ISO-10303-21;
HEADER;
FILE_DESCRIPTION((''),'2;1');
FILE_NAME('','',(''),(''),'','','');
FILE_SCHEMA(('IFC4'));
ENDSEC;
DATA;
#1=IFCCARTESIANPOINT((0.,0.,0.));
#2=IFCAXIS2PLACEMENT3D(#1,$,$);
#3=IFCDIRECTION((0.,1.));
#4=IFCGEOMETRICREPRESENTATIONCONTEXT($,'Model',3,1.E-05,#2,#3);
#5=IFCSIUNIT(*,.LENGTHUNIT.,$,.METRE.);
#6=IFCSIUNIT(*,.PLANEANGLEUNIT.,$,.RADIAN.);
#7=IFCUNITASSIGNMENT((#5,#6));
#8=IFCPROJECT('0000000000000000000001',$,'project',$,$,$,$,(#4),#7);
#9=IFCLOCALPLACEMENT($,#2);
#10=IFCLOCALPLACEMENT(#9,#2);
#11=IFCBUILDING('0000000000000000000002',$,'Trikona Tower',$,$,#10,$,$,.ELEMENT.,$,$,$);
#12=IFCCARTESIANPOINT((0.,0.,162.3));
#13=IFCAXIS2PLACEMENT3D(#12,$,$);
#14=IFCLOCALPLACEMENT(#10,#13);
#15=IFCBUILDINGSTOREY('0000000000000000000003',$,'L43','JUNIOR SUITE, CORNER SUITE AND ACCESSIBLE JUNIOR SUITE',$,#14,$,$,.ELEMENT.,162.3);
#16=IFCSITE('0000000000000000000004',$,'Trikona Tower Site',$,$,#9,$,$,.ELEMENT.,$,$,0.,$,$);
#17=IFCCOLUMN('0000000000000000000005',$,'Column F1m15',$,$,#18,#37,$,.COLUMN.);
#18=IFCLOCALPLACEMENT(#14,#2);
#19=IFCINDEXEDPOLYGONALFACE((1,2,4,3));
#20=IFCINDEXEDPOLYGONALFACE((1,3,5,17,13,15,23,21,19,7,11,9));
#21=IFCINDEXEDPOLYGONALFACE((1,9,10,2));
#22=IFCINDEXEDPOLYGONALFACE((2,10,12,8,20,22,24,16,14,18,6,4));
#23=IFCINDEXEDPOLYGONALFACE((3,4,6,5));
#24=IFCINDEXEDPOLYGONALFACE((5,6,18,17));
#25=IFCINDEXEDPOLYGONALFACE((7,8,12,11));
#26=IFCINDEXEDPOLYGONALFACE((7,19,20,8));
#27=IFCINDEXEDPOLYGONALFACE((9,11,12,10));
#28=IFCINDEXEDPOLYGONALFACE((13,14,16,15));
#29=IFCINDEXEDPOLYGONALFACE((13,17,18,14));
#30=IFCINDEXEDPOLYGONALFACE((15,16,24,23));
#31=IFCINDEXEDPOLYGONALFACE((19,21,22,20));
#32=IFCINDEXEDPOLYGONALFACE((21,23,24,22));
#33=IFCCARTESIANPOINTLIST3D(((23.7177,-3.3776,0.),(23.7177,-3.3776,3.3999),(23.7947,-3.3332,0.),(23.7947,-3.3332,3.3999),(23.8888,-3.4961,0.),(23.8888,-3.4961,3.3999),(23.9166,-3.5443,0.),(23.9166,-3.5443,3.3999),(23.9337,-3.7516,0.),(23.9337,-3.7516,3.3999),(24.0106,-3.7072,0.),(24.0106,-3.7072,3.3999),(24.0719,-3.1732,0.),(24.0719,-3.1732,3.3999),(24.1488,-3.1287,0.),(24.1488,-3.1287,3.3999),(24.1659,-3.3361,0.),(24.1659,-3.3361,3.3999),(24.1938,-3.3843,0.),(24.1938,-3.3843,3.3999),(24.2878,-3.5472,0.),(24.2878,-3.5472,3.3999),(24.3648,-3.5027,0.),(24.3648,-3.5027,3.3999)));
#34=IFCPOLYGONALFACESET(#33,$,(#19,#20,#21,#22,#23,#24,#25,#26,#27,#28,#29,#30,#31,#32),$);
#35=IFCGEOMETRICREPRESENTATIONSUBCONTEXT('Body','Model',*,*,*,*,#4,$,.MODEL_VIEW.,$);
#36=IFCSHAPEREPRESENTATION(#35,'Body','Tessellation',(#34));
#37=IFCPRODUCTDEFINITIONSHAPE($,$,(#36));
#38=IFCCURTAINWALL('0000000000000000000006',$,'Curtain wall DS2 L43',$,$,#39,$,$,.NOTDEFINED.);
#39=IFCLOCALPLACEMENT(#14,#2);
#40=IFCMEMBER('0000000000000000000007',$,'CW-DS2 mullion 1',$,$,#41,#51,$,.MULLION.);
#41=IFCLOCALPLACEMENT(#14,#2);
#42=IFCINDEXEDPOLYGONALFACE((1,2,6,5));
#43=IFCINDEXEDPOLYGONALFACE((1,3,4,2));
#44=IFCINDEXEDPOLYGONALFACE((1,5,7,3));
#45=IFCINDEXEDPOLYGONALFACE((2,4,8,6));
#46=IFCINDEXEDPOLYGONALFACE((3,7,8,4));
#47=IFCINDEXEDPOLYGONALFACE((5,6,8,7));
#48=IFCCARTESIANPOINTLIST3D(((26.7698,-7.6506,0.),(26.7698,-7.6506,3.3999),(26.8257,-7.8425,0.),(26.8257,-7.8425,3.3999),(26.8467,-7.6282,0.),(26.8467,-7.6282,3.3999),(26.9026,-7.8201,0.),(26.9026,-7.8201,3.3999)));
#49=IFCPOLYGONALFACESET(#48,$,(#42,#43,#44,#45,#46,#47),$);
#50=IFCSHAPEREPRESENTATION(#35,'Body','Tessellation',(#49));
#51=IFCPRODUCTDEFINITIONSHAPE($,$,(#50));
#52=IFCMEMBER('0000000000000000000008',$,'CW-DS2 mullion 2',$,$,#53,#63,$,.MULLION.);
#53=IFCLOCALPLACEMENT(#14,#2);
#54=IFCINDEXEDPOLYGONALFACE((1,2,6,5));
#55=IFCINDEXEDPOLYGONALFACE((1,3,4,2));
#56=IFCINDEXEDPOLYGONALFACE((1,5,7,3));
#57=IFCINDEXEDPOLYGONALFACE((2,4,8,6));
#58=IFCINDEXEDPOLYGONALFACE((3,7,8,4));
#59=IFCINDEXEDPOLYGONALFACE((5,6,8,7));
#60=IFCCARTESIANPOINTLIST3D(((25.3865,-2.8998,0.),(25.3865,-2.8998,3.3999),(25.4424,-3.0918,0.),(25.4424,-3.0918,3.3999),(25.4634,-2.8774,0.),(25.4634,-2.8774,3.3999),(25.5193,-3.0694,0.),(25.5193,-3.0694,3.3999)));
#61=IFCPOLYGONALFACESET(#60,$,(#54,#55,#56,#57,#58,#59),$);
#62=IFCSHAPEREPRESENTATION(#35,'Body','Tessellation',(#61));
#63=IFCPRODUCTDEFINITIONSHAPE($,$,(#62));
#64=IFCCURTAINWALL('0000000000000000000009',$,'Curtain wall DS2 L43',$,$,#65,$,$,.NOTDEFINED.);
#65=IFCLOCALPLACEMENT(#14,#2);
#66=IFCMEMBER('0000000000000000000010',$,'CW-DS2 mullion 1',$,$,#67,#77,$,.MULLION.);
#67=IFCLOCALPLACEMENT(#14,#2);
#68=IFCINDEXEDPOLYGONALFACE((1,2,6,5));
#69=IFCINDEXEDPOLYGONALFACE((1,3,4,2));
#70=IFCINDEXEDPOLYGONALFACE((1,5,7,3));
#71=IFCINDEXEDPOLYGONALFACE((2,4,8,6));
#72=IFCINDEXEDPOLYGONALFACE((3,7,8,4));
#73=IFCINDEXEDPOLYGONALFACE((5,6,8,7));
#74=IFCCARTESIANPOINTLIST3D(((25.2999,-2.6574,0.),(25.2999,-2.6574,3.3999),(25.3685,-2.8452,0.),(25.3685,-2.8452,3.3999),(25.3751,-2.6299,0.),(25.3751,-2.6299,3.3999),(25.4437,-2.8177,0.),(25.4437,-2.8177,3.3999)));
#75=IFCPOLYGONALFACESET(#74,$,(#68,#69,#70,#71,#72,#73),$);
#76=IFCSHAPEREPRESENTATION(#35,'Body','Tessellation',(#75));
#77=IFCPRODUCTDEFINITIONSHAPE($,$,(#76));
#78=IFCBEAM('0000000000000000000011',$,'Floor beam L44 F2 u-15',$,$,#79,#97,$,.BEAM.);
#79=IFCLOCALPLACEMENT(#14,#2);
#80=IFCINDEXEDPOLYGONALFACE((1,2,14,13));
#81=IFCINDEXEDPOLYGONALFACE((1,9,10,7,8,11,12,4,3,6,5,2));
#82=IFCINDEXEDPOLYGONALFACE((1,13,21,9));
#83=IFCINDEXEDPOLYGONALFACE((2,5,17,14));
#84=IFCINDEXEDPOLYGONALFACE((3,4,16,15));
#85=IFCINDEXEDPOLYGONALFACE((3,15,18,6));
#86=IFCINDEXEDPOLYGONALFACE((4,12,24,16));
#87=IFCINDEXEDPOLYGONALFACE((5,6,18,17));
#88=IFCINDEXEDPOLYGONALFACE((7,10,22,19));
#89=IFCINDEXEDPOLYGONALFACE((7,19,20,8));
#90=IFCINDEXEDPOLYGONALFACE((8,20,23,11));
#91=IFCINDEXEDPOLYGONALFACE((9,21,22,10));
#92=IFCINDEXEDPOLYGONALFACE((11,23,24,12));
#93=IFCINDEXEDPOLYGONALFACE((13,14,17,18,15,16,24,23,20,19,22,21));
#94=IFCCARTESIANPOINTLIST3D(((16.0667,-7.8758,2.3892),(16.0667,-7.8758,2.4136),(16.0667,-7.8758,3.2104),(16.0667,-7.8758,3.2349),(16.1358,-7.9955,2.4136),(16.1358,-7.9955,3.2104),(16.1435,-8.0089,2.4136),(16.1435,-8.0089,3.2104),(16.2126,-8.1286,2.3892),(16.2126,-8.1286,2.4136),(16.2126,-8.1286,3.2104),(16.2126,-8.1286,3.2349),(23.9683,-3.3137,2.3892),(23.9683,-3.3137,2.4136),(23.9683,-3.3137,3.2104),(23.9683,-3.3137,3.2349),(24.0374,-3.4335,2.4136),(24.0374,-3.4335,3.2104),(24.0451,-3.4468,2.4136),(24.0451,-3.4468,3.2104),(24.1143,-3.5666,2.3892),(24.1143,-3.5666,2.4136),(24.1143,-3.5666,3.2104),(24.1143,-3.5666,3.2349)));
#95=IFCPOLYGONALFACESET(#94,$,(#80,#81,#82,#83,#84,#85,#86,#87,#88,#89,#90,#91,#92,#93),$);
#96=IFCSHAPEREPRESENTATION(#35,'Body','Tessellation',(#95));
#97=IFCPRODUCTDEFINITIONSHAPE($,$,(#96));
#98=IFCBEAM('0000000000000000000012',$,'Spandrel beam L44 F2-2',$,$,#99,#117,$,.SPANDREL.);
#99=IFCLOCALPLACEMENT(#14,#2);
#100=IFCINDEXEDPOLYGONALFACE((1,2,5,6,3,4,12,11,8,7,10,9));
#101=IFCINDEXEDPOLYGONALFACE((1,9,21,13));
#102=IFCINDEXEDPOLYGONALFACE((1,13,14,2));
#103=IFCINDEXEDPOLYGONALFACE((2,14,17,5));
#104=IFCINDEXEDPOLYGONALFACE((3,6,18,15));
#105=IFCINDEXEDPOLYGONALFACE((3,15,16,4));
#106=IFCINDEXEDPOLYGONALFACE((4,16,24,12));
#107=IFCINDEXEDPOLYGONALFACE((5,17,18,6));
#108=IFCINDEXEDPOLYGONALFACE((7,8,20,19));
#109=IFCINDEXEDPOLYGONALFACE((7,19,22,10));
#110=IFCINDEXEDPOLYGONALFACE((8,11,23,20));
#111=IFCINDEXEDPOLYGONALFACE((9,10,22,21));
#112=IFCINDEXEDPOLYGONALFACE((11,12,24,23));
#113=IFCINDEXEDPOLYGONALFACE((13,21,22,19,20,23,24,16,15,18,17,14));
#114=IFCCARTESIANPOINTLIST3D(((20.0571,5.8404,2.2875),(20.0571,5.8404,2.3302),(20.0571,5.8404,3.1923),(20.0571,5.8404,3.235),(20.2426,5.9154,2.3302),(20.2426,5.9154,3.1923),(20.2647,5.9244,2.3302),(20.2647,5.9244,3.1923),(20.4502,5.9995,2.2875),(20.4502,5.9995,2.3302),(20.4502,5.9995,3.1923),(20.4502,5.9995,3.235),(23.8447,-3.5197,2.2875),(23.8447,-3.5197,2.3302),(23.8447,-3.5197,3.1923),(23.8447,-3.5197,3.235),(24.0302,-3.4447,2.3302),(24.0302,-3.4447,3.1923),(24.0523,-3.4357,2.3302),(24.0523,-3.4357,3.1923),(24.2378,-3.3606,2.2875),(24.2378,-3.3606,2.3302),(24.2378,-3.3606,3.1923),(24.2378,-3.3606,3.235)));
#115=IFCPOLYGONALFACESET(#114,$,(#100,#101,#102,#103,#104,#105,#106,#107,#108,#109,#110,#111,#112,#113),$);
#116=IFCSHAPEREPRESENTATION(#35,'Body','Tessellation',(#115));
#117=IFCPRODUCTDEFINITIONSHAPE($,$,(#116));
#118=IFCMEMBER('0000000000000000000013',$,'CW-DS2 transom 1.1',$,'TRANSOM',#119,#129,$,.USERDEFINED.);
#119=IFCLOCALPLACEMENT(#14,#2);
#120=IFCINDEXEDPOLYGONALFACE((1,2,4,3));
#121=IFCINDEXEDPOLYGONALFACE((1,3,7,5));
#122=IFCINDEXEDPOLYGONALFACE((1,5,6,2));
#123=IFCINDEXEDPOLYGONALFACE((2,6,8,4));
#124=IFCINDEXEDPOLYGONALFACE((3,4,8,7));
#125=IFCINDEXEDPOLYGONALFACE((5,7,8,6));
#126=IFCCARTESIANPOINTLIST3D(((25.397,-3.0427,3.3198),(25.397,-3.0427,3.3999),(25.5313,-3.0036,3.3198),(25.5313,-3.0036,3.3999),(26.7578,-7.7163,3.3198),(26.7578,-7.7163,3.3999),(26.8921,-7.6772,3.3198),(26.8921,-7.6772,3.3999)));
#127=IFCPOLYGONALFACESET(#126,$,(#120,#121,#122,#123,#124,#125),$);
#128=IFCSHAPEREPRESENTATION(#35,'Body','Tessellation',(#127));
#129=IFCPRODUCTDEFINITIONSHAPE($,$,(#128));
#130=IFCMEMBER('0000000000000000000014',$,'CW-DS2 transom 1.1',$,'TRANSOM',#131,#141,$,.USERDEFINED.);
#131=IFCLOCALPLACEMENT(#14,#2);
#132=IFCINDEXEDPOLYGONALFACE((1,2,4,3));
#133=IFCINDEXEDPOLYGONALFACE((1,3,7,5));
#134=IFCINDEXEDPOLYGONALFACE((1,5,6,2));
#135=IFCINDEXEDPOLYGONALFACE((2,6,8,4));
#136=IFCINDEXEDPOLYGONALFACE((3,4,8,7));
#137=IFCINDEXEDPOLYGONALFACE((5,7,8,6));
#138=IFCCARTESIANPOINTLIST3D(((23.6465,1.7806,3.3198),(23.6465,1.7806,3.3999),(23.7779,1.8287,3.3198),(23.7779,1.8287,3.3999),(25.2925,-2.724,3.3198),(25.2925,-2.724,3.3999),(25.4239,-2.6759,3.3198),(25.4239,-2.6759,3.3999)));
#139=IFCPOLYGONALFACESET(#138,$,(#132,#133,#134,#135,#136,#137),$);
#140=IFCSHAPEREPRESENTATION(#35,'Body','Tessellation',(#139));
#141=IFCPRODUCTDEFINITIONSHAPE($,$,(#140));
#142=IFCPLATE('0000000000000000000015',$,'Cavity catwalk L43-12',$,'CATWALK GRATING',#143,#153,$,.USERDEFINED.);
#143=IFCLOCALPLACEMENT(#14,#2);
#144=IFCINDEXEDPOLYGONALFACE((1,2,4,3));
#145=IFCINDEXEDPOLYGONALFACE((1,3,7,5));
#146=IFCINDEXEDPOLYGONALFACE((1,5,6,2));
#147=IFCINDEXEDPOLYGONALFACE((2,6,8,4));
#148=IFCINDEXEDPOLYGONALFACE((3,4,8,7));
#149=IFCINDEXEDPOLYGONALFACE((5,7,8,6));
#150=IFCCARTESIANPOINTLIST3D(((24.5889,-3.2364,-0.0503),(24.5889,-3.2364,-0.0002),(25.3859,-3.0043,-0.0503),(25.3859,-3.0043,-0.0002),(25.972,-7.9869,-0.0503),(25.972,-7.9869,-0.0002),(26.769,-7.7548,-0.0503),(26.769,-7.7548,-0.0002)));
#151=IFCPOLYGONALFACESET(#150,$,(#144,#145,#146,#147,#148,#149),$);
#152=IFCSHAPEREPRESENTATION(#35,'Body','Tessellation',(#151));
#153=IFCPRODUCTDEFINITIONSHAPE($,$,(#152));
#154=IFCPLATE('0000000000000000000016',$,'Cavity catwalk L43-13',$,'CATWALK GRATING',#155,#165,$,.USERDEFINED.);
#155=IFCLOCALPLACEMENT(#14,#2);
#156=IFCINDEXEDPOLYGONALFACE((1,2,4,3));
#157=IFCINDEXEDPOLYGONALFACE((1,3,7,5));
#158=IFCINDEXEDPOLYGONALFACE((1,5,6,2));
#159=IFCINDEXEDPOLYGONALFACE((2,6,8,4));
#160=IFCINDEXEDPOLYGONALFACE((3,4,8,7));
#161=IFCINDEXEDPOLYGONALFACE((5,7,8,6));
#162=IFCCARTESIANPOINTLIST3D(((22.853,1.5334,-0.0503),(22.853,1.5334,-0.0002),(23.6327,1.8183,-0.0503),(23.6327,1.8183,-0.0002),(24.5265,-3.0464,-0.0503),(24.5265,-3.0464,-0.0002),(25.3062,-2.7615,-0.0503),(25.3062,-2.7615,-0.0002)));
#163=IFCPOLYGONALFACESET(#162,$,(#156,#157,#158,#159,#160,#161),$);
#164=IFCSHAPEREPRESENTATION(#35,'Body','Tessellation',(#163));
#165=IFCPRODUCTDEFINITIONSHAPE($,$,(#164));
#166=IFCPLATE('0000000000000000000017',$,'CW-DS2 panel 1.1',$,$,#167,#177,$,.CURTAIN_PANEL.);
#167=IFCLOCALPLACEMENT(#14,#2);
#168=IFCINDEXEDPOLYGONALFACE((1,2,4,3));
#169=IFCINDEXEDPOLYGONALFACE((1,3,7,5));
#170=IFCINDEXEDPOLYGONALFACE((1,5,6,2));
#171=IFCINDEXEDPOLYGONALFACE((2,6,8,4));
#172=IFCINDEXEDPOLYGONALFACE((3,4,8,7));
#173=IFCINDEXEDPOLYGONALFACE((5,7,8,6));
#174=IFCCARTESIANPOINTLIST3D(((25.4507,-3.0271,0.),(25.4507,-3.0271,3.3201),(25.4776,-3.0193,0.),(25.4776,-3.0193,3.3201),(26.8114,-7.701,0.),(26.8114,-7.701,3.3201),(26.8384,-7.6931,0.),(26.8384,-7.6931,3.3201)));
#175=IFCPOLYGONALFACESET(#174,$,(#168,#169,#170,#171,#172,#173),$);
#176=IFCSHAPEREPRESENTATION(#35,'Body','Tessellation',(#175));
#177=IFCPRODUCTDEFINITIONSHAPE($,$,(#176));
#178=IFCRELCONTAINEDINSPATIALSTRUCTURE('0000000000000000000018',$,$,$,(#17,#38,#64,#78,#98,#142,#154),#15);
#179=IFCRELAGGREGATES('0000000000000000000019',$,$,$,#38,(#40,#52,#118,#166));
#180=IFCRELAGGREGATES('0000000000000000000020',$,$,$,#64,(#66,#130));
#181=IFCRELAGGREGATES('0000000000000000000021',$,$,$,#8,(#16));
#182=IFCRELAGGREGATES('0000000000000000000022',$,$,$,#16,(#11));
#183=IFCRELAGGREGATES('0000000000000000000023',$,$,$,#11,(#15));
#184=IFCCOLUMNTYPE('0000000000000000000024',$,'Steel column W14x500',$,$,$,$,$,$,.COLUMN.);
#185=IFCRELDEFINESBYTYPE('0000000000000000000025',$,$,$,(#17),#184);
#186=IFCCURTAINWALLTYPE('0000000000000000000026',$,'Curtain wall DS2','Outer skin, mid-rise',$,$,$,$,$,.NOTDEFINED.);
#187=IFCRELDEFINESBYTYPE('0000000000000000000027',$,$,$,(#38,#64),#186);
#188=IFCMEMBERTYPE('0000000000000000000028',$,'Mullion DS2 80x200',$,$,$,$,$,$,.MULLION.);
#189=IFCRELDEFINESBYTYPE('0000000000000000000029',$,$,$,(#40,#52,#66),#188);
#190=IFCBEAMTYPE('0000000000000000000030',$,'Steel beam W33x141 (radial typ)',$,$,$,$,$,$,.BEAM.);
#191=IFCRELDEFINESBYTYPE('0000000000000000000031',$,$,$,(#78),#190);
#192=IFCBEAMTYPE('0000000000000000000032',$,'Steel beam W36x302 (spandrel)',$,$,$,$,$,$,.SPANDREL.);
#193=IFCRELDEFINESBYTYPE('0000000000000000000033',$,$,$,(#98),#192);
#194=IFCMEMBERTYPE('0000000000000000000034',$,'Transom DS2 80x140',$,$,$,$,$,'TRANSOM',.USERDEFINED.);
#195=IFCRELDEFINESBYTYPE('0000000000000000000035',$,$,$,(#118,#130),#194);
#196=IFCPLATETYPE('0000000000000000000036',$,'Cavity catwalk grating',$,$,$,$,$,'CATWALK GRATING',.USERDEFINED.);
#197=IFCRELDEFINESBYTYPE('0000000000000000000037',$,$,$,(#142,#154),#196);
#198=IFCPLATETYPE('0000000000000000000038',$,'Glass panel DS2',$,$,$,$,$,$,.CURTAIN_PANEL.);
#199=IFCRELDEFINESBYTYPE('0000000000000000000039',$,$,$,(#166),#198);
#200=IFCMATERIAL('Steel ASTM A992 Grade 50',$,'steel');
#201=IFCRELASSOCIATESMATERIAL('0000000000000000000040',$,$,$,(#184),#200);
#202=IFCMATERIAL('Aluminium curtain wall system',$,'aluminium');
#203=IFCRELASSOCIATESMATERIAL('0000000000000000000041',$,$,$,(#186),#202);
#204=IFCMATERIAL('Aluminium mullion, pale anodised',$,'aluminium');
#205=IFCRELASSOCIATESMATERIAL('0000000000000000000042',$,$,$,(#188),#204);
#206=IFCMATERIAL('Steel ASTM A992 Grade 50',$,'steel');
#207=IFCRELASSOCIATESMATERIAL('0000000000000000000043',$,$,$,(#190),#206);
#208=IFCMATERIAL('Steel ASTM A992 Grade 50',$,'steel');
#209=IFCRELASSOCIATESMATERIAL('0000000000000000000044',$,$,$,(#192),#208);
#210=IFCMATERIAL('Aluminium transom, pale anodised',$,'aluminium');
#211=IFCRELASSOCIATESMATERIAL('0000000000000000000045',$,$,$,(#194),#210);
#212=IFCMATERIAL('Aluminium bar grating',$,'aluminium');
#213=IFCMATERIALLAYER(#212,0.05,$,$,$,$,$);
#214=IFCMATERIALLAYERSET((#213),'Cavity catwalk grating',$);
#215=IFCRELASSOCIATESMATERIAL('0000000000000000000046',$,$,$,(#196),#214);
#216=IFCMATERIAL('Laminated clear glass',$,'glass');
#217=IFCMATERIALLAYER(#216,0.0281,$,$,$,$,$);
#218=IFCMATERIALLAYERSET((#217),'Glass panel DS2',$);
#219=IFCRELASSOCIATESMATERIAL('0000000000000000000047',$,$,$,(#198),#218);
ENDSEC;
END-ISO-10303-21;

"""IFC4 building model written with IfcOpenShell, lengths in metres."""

from ifc_helpers import new_model, si_unit, direction, frame, origin, origin_2d, place, context, subcontext, project, spatial, rectangle, i_section, extrude, material, layer, layer_set, material_profile, profile_set, type_object, element, aggregate, save


model = new_model("IFC4")

# Units and contexts
model_context = context("Model", 3, precision=1e-05, world=origin(), true_north=direction((0.0, 1.0)))
body_context = subcontext(model_context, "Body", "Model", "MODEL_VIEW")
ifc_project = project(units=[si_unit("LENGTHUNIT", "METRE"), si_unit("PLANEANGLEUNIT", "RADIAN")], contexts=[model_context])

# Site, building, storey
site_placement = place(None, origin())
site = spatial("IfcSite", under=ifc_project, at=site_placement, Name="Trikona Tower Site", CompositionType="ELEMENT", RefElevation=0.0)
building_placement = place(site_placement, origin())
building = spatial("IfcBuilding", under=site, at=building_placement, Name="Trikona Tower", CompositionType="ELEMENT")
storey_placement = place(building_placement, frame((0.0, 0.0, 162.3)))
storey = spatial("IfcBuildingStorey", under=building, at=storey_placement, Name="L43", Description="JUNIOR SUITE, CORNER SUITE AND ACCESSIBLE JUNIOR SUITE", CompositionType="ELEMENT", Elevation=162.3)

# Column
ifc_material_1 = material(Name="Steel ASTM A992 Grade 50", Category="steel")
ifc_material_profile_1 = material_profile(ifc_material_1, i_section(OverallWidth=0.4319, OverallDepth=0.4978, WebThickness=0.0557, FlangeThickness=0.0889, at=origin_2d()), Name="W14X500")
ifc_profile_set_1 = profile_set([ifc_material_profile_1], Name="Steel ASTM A992 Grade 50")
column_type = type_object("IfcColumnType", Name="Steel column W14x500", PredefinedType="COLUMN", material=ifc_profile_set_1)
column_placement = place(storey_placement, frame((24.0413, -3.4402, 0.0), z_axis=(0.0, 0.0, 1.0), x_axis=(-0.5, 0.866025, 0.0)))
element("IfcColumn", 1, at=column_placement, inside=storey, type_object=column_type, Name="Column F1m15", PredefinedType="COLUMN", context=body_context, shape_type="SweptSolid", body=[
    extrude(i_section(OverallWidth=0.4319, OverallDepth=0.4978, WebThickness=0.0557, FlangeThickness=0.0889, at=origin_2d()), origin(), (0.0, 0.0, 1.0), 3.3999),
])

# Curtain wall, members
ifc_material_2 = material(Name="Aluminium curtain wall system", Category="aluminium")
curtain_wall_type = type_object("IfcCurtainWallType", Name="Curtain wall DS2", Description="Outer skin, mid-rise", PredefinedType="NOTDEFINED", material=ifc_material_2)
curtain_wall_1_placement = place(storey_placement, origin())
curtain_wall_1 = element("IfcCurtainWall", 2, at=curtain_wall_1_placement, inside=storey, type_object=curtain_wall_type, Name="Curtain wall DS2 L43", PredefinedType="NOTDEFINED")
ifc_material_3 = material(Name="Aluminium mullion, pale anodised", Category="aluminium")
ifc_material_profile_2 = material_profile(ifc_material_3, rectangle(XDim=0.0801, YDim=0.2, at=origin_2d()), Name="MUL-DS2")
ifc_profile_set_2 = profile_set([ifc_material_profile_2], Name="Aluminium mullion, pale anodised")
member_type_1 = type_object("IfcMemberType", Name="Mullion DS2 80x200", PredefinedType="MULLION", material=ifc_profile_set_2)
member_1_placement = place(storey_placement, frame((26.8362, -7.7354, 0.0), z_axis=(0.0, 0.0, 1.0), x_axis=(-0.960133, -0.279543, 0.0)))
member_1 = element("IfcMember", 3, at=member_1_placement, type_object=member_type_1, Name="CW-DS2 mullion 1", PredefinedType="MULLION", context=body_context, shape_type="SweptSolid", body=[
    extrude(rectangle(XDim=0.0801, YDim=0.2, at=origin_2d()), origin(), (0.0, 0.0, 1.0), 3.3999),
])
member_2_placement = place(storey_placement, frame((25.4529, -2.9846, 0.0), z_axis=(0.0, 0.0, 1.0), x_axis=(-0.960133, -0.279543, 0.0)))
member_2 = element("IfcMember", 4, at=member_2_placement, type_object=member_type_1, Name="CW-DS2 mullion 2", PredefinedType="MULLION", context=body_context, shape_type="SweptSolid", body=[
    extrude(rectangle(XDim=0.0801, YDim=0.2, at=origin_2d()), origin(), (0.0, 0.0, 1.0), 3.3999),
])

# Curtain wall, member
curtain_wall_2_placement = place(storey_placement, origin())
curtain_wall_2 = element("IfcCurtainWall", 5, at=curtain_wall_2_placement, inside=storey, type_object=curtain_wall_type, Name="Curtain wall DS2 L43", PredefinedType="NOTDEFINED")
member_3_placement = place(storey_placement, frame((25.3718, -2.7375, 0.0), z_axis=(0.0, 0.0, 1.0), x_axis=(-0.939254, -0.343223, 0.0)))
member_3 = element("IfcMember", 6, at=member_3_placement, type_object=member_type_1, Name="CW-DS2 mullion 1", PredefinedType="MULLION", context=body_context, shape_type="SweptSolid", body=[
    extrude(rectangle(XDim=0.0801, YDim=0.2, at=origin_2d()), origin(), (0.0, 0.0, 1.0), 3.3999),
])

# Beams
ifc_material_4 = material(Name="Steel ASTM A992 Grade 50", Category="steel")
ifc_material_profile_3 = material_profile(ifc_material_4, i_section(OverallWidth=0.292, OverallDepth=0.8457, WebThickness=0.0154, FlangeThickness=0.0244, at=origin_2d()), Name="W33X141")
ifc_profile_set_3 = profile_set([ifc_material_profile_3], Name="Steel ASTM A992 Grade 50")
beam_type_1 = type_object("IfcBeamType", Name="Steel beam W33x141 (radial typ)", PredefinedType="BEAM", material=ifc_profile_set_3)
beam_1_placement = place(storey_placement, frame((16.1396, -8.0022, 2.812), z_axis=(0.866025, 0.500001, 0.0), x_axis=(-0.500001, 0.866025, 0.0)))
element("IfcBeam", 7, at=beam_1_placement, inside=storey, type_object=beam_type_1, Name="Floor beam L44 F2 u-15", PredefinedType="BEAM", context=body_context, shape_type="SweptSolid", body=[
    extrude(i_section(OverallWidth=0.292, OverallDepth=0.8457, WebThickness=0.0154, FlangeThickness=0.0244, at=origin_2d()), origin(), (0.0, 0.0, 1.0), 9.124),
])
ifc_material_5 = material(Name="Steel ASTM A992 Grade 50", Category="steel")
ifc_material_profile_4 = material_profile(ifc_material_5, i_section(OverallWidth=0.4241, OverallDepth=0.9475, WebThickness=0.0239, FlangeThickness=0.0427, at=origin_2d()), Name="W36X302")
ifc_profile_set_4 = profile_set([ifc_material_profile_4], Name="Steel ASTM A992 Grade 50")
beam_type_2 = type_object("IfcBeamType", Name="Steel beam W36x302 (spandrel)", PredefinedType="SPANDREL", material=ifc_profile_set_4)
beam_2_placement = place(storey_placement, frame((24.0413, -3.4402, 2.7612), z_axis=(-0.375106, 0.926982, 0.0), x_axis=(-0.926982, -0.375106, 0.0)))
element("IfcBeam", 8, at=beam_2_placement, inside=storey, type_object=beam_type_2, Name="Spandrel beam L44 F2-2", PredefinedType="SPANDREL", context=body_context, shape_type="SweptSolid", body=[
    extrude(i_section(OverallWidth=0.4241, OverallDepth=0.9475, WebThickness=0.0239, FlangeThickness=0.0427, at=origin_2d()), origin(), (0.0, 0.0, 1.0), 10.0974),
])

# Members
ifc_material_6 = material(Name="Aluminium transom, pale anodised", Category="aluminium")
ifc_material_profile_5 = material_profile(ifc_material_6, rectangle(XDim=0.1399, YDim=0.0801, at=origin_2d()), Name="TRN-DS2")
ifc_profile_set_5 = profile_set([ifc_material_profile_5], Name="Aluminium transom, pale anodised")
member_type_2 = type_object("IfcMemberType", Name="Transom DS2 80x140", ElementType="TRANSOM", PredefinedType="USERDEFINED", material=ifc_profile_set_5)
member_4_placement = place(storey_placement, frame((26.825, -7.6968, 3.3599), z_axis=(-0.279567, 0.960126, 0.0), x_axis=(-0.960126, -0.279567, 0.0)))
member_4 = element("IfcMember", 9, at=member_4_placement, type_object=member_type_2, Name="CW-DS2 transom 1.1", ObjectType="TRANSOM", PredefinedType="USERDEFINED", context=body_context, shape_type="SweptSolid", body=[
    extrude(rectangle(XDim=0.1399, YDim=0.0801, at=origin_2d()), origin(), (0.0, 0.0, 1.0), 4.8677),
])
member_5_placement = place(storey_placement, frame((25.3582, -2.7, 3.3599), z_axis=(-0.343206, 0.93926, 0.0), x_axis=(-0.93926, -0.343206, 0.0)))
member_5 = element("IfcMember", 10, at=member_5_placement, type_object=member_type_2, Name="CW-DS2 transom 1.1", ObjectType="TRANSOM", PredefinedType="USERDEFINED", context=body_context, shape_type="SweptSolid", body=[
    extrude(rectangle(XDim=0.1399, YDim=0.0801, at=origin_2d()), origin(), (0.0, 0.0, 1.0), 4.7959),
])

# Plates
ifc_material_7 = material(Name="Aluminium bar grating", Category="aluminium")
ifc_layer_1 = layer(ifc_material_7, 0.05)
ifc_layer_set_1 = layer_set([ifc_layer_1], Name="Cavity catwalk grating")
plate_type_1 = type_object("IfcPlateType", Name="Cavity catwalk grating", ElementType="CATWALK GRATING", PredefinedType="USERDEFINED", material=ifc_layer_set_1)
plate_1_placement = place(storey_placement, frame((25.679, -5.4956, -0.0503), z_axis=(0.0, 0.0, 1.0), x_axis=(-0.279554, 0.96013, 0.0)))
element("IfcPlate", 11, at=plate_1_placement, inside=storey, type_object=plate_type_1, Name="Cavity catwalk L43-12", ObjectType="CATWALK GRATING", PredefinedType="USERDEFINED", context=body_context, shape_type="SweptSolid", body=[
    extrude(rectangle(XDim=4.9478, YDim=0.8301, at=origin_2d()), origin(), (0.0, 0.0, 1.0), 0.05),
])
plate_2_placement = place(storey_placement, frame((24.0796, -0.614, -0.0503), z_axis=(0.0, 0.0, 1.0), x_axis=(-0.34322, 0.939255, 0.0)))
element("IfcPlate", 12, at=plate_2_placement, inside=storey, type_object=plate_type_1, Name="Cavity catwalk L43-13", ObjectType="CATWALK GRATING", PredefinedType="USERDEFINED", context=body_context, shape_type="SweptSolid", body=[
    extrude(rectangle(XDim=4.876, YDim=0.8301, at=origin_2d()), origin(), (0.0, 0.0, 1.0), 0.05),
])

# Plate
ifc_material_8 = material(Name="Laminated clear glass", Category="glass")
ifc_layer_2 = layer(ifc_material_8, 0.0281)
ifc_layer_set_2 = layer_set([ifc_layer_2], Name="Glass panel DS2")
plate_type_2 = type_object("IfcPlateType", Name="Glass panel DS2", PredefinedType="CURTAIN_PANEL", material=ifc_layer_set_2)
plate_3_placement = place(storey_placement, frame((26.1445, -5.3601, 0.0), z_axis=(0.0, 0.0, 1.0), x_axis=(-0.279543, 0.960133, 0.0)))
plate_3 = element("IfcPlate", 13, at=plate_3_placement, type_object=plate_type_2, Name="CW-DS2 panel 1.1", PredefinedType="CURTAIN_PANEL", context=body_context, shape_type="SweptSolid", body=[
    extrude(rectangle(XDim=4.8679, YDim=0.0281, at=origin_2d()), origin(), (0.0, 0.0, 1.0), 3.3201),
])
aggregate(curtain_wall_1, [member_1, member_2, member_4, plate_3])
aggregate(curtain_wall_2, [member_3, member_5])

save(model, "model.ifc")
